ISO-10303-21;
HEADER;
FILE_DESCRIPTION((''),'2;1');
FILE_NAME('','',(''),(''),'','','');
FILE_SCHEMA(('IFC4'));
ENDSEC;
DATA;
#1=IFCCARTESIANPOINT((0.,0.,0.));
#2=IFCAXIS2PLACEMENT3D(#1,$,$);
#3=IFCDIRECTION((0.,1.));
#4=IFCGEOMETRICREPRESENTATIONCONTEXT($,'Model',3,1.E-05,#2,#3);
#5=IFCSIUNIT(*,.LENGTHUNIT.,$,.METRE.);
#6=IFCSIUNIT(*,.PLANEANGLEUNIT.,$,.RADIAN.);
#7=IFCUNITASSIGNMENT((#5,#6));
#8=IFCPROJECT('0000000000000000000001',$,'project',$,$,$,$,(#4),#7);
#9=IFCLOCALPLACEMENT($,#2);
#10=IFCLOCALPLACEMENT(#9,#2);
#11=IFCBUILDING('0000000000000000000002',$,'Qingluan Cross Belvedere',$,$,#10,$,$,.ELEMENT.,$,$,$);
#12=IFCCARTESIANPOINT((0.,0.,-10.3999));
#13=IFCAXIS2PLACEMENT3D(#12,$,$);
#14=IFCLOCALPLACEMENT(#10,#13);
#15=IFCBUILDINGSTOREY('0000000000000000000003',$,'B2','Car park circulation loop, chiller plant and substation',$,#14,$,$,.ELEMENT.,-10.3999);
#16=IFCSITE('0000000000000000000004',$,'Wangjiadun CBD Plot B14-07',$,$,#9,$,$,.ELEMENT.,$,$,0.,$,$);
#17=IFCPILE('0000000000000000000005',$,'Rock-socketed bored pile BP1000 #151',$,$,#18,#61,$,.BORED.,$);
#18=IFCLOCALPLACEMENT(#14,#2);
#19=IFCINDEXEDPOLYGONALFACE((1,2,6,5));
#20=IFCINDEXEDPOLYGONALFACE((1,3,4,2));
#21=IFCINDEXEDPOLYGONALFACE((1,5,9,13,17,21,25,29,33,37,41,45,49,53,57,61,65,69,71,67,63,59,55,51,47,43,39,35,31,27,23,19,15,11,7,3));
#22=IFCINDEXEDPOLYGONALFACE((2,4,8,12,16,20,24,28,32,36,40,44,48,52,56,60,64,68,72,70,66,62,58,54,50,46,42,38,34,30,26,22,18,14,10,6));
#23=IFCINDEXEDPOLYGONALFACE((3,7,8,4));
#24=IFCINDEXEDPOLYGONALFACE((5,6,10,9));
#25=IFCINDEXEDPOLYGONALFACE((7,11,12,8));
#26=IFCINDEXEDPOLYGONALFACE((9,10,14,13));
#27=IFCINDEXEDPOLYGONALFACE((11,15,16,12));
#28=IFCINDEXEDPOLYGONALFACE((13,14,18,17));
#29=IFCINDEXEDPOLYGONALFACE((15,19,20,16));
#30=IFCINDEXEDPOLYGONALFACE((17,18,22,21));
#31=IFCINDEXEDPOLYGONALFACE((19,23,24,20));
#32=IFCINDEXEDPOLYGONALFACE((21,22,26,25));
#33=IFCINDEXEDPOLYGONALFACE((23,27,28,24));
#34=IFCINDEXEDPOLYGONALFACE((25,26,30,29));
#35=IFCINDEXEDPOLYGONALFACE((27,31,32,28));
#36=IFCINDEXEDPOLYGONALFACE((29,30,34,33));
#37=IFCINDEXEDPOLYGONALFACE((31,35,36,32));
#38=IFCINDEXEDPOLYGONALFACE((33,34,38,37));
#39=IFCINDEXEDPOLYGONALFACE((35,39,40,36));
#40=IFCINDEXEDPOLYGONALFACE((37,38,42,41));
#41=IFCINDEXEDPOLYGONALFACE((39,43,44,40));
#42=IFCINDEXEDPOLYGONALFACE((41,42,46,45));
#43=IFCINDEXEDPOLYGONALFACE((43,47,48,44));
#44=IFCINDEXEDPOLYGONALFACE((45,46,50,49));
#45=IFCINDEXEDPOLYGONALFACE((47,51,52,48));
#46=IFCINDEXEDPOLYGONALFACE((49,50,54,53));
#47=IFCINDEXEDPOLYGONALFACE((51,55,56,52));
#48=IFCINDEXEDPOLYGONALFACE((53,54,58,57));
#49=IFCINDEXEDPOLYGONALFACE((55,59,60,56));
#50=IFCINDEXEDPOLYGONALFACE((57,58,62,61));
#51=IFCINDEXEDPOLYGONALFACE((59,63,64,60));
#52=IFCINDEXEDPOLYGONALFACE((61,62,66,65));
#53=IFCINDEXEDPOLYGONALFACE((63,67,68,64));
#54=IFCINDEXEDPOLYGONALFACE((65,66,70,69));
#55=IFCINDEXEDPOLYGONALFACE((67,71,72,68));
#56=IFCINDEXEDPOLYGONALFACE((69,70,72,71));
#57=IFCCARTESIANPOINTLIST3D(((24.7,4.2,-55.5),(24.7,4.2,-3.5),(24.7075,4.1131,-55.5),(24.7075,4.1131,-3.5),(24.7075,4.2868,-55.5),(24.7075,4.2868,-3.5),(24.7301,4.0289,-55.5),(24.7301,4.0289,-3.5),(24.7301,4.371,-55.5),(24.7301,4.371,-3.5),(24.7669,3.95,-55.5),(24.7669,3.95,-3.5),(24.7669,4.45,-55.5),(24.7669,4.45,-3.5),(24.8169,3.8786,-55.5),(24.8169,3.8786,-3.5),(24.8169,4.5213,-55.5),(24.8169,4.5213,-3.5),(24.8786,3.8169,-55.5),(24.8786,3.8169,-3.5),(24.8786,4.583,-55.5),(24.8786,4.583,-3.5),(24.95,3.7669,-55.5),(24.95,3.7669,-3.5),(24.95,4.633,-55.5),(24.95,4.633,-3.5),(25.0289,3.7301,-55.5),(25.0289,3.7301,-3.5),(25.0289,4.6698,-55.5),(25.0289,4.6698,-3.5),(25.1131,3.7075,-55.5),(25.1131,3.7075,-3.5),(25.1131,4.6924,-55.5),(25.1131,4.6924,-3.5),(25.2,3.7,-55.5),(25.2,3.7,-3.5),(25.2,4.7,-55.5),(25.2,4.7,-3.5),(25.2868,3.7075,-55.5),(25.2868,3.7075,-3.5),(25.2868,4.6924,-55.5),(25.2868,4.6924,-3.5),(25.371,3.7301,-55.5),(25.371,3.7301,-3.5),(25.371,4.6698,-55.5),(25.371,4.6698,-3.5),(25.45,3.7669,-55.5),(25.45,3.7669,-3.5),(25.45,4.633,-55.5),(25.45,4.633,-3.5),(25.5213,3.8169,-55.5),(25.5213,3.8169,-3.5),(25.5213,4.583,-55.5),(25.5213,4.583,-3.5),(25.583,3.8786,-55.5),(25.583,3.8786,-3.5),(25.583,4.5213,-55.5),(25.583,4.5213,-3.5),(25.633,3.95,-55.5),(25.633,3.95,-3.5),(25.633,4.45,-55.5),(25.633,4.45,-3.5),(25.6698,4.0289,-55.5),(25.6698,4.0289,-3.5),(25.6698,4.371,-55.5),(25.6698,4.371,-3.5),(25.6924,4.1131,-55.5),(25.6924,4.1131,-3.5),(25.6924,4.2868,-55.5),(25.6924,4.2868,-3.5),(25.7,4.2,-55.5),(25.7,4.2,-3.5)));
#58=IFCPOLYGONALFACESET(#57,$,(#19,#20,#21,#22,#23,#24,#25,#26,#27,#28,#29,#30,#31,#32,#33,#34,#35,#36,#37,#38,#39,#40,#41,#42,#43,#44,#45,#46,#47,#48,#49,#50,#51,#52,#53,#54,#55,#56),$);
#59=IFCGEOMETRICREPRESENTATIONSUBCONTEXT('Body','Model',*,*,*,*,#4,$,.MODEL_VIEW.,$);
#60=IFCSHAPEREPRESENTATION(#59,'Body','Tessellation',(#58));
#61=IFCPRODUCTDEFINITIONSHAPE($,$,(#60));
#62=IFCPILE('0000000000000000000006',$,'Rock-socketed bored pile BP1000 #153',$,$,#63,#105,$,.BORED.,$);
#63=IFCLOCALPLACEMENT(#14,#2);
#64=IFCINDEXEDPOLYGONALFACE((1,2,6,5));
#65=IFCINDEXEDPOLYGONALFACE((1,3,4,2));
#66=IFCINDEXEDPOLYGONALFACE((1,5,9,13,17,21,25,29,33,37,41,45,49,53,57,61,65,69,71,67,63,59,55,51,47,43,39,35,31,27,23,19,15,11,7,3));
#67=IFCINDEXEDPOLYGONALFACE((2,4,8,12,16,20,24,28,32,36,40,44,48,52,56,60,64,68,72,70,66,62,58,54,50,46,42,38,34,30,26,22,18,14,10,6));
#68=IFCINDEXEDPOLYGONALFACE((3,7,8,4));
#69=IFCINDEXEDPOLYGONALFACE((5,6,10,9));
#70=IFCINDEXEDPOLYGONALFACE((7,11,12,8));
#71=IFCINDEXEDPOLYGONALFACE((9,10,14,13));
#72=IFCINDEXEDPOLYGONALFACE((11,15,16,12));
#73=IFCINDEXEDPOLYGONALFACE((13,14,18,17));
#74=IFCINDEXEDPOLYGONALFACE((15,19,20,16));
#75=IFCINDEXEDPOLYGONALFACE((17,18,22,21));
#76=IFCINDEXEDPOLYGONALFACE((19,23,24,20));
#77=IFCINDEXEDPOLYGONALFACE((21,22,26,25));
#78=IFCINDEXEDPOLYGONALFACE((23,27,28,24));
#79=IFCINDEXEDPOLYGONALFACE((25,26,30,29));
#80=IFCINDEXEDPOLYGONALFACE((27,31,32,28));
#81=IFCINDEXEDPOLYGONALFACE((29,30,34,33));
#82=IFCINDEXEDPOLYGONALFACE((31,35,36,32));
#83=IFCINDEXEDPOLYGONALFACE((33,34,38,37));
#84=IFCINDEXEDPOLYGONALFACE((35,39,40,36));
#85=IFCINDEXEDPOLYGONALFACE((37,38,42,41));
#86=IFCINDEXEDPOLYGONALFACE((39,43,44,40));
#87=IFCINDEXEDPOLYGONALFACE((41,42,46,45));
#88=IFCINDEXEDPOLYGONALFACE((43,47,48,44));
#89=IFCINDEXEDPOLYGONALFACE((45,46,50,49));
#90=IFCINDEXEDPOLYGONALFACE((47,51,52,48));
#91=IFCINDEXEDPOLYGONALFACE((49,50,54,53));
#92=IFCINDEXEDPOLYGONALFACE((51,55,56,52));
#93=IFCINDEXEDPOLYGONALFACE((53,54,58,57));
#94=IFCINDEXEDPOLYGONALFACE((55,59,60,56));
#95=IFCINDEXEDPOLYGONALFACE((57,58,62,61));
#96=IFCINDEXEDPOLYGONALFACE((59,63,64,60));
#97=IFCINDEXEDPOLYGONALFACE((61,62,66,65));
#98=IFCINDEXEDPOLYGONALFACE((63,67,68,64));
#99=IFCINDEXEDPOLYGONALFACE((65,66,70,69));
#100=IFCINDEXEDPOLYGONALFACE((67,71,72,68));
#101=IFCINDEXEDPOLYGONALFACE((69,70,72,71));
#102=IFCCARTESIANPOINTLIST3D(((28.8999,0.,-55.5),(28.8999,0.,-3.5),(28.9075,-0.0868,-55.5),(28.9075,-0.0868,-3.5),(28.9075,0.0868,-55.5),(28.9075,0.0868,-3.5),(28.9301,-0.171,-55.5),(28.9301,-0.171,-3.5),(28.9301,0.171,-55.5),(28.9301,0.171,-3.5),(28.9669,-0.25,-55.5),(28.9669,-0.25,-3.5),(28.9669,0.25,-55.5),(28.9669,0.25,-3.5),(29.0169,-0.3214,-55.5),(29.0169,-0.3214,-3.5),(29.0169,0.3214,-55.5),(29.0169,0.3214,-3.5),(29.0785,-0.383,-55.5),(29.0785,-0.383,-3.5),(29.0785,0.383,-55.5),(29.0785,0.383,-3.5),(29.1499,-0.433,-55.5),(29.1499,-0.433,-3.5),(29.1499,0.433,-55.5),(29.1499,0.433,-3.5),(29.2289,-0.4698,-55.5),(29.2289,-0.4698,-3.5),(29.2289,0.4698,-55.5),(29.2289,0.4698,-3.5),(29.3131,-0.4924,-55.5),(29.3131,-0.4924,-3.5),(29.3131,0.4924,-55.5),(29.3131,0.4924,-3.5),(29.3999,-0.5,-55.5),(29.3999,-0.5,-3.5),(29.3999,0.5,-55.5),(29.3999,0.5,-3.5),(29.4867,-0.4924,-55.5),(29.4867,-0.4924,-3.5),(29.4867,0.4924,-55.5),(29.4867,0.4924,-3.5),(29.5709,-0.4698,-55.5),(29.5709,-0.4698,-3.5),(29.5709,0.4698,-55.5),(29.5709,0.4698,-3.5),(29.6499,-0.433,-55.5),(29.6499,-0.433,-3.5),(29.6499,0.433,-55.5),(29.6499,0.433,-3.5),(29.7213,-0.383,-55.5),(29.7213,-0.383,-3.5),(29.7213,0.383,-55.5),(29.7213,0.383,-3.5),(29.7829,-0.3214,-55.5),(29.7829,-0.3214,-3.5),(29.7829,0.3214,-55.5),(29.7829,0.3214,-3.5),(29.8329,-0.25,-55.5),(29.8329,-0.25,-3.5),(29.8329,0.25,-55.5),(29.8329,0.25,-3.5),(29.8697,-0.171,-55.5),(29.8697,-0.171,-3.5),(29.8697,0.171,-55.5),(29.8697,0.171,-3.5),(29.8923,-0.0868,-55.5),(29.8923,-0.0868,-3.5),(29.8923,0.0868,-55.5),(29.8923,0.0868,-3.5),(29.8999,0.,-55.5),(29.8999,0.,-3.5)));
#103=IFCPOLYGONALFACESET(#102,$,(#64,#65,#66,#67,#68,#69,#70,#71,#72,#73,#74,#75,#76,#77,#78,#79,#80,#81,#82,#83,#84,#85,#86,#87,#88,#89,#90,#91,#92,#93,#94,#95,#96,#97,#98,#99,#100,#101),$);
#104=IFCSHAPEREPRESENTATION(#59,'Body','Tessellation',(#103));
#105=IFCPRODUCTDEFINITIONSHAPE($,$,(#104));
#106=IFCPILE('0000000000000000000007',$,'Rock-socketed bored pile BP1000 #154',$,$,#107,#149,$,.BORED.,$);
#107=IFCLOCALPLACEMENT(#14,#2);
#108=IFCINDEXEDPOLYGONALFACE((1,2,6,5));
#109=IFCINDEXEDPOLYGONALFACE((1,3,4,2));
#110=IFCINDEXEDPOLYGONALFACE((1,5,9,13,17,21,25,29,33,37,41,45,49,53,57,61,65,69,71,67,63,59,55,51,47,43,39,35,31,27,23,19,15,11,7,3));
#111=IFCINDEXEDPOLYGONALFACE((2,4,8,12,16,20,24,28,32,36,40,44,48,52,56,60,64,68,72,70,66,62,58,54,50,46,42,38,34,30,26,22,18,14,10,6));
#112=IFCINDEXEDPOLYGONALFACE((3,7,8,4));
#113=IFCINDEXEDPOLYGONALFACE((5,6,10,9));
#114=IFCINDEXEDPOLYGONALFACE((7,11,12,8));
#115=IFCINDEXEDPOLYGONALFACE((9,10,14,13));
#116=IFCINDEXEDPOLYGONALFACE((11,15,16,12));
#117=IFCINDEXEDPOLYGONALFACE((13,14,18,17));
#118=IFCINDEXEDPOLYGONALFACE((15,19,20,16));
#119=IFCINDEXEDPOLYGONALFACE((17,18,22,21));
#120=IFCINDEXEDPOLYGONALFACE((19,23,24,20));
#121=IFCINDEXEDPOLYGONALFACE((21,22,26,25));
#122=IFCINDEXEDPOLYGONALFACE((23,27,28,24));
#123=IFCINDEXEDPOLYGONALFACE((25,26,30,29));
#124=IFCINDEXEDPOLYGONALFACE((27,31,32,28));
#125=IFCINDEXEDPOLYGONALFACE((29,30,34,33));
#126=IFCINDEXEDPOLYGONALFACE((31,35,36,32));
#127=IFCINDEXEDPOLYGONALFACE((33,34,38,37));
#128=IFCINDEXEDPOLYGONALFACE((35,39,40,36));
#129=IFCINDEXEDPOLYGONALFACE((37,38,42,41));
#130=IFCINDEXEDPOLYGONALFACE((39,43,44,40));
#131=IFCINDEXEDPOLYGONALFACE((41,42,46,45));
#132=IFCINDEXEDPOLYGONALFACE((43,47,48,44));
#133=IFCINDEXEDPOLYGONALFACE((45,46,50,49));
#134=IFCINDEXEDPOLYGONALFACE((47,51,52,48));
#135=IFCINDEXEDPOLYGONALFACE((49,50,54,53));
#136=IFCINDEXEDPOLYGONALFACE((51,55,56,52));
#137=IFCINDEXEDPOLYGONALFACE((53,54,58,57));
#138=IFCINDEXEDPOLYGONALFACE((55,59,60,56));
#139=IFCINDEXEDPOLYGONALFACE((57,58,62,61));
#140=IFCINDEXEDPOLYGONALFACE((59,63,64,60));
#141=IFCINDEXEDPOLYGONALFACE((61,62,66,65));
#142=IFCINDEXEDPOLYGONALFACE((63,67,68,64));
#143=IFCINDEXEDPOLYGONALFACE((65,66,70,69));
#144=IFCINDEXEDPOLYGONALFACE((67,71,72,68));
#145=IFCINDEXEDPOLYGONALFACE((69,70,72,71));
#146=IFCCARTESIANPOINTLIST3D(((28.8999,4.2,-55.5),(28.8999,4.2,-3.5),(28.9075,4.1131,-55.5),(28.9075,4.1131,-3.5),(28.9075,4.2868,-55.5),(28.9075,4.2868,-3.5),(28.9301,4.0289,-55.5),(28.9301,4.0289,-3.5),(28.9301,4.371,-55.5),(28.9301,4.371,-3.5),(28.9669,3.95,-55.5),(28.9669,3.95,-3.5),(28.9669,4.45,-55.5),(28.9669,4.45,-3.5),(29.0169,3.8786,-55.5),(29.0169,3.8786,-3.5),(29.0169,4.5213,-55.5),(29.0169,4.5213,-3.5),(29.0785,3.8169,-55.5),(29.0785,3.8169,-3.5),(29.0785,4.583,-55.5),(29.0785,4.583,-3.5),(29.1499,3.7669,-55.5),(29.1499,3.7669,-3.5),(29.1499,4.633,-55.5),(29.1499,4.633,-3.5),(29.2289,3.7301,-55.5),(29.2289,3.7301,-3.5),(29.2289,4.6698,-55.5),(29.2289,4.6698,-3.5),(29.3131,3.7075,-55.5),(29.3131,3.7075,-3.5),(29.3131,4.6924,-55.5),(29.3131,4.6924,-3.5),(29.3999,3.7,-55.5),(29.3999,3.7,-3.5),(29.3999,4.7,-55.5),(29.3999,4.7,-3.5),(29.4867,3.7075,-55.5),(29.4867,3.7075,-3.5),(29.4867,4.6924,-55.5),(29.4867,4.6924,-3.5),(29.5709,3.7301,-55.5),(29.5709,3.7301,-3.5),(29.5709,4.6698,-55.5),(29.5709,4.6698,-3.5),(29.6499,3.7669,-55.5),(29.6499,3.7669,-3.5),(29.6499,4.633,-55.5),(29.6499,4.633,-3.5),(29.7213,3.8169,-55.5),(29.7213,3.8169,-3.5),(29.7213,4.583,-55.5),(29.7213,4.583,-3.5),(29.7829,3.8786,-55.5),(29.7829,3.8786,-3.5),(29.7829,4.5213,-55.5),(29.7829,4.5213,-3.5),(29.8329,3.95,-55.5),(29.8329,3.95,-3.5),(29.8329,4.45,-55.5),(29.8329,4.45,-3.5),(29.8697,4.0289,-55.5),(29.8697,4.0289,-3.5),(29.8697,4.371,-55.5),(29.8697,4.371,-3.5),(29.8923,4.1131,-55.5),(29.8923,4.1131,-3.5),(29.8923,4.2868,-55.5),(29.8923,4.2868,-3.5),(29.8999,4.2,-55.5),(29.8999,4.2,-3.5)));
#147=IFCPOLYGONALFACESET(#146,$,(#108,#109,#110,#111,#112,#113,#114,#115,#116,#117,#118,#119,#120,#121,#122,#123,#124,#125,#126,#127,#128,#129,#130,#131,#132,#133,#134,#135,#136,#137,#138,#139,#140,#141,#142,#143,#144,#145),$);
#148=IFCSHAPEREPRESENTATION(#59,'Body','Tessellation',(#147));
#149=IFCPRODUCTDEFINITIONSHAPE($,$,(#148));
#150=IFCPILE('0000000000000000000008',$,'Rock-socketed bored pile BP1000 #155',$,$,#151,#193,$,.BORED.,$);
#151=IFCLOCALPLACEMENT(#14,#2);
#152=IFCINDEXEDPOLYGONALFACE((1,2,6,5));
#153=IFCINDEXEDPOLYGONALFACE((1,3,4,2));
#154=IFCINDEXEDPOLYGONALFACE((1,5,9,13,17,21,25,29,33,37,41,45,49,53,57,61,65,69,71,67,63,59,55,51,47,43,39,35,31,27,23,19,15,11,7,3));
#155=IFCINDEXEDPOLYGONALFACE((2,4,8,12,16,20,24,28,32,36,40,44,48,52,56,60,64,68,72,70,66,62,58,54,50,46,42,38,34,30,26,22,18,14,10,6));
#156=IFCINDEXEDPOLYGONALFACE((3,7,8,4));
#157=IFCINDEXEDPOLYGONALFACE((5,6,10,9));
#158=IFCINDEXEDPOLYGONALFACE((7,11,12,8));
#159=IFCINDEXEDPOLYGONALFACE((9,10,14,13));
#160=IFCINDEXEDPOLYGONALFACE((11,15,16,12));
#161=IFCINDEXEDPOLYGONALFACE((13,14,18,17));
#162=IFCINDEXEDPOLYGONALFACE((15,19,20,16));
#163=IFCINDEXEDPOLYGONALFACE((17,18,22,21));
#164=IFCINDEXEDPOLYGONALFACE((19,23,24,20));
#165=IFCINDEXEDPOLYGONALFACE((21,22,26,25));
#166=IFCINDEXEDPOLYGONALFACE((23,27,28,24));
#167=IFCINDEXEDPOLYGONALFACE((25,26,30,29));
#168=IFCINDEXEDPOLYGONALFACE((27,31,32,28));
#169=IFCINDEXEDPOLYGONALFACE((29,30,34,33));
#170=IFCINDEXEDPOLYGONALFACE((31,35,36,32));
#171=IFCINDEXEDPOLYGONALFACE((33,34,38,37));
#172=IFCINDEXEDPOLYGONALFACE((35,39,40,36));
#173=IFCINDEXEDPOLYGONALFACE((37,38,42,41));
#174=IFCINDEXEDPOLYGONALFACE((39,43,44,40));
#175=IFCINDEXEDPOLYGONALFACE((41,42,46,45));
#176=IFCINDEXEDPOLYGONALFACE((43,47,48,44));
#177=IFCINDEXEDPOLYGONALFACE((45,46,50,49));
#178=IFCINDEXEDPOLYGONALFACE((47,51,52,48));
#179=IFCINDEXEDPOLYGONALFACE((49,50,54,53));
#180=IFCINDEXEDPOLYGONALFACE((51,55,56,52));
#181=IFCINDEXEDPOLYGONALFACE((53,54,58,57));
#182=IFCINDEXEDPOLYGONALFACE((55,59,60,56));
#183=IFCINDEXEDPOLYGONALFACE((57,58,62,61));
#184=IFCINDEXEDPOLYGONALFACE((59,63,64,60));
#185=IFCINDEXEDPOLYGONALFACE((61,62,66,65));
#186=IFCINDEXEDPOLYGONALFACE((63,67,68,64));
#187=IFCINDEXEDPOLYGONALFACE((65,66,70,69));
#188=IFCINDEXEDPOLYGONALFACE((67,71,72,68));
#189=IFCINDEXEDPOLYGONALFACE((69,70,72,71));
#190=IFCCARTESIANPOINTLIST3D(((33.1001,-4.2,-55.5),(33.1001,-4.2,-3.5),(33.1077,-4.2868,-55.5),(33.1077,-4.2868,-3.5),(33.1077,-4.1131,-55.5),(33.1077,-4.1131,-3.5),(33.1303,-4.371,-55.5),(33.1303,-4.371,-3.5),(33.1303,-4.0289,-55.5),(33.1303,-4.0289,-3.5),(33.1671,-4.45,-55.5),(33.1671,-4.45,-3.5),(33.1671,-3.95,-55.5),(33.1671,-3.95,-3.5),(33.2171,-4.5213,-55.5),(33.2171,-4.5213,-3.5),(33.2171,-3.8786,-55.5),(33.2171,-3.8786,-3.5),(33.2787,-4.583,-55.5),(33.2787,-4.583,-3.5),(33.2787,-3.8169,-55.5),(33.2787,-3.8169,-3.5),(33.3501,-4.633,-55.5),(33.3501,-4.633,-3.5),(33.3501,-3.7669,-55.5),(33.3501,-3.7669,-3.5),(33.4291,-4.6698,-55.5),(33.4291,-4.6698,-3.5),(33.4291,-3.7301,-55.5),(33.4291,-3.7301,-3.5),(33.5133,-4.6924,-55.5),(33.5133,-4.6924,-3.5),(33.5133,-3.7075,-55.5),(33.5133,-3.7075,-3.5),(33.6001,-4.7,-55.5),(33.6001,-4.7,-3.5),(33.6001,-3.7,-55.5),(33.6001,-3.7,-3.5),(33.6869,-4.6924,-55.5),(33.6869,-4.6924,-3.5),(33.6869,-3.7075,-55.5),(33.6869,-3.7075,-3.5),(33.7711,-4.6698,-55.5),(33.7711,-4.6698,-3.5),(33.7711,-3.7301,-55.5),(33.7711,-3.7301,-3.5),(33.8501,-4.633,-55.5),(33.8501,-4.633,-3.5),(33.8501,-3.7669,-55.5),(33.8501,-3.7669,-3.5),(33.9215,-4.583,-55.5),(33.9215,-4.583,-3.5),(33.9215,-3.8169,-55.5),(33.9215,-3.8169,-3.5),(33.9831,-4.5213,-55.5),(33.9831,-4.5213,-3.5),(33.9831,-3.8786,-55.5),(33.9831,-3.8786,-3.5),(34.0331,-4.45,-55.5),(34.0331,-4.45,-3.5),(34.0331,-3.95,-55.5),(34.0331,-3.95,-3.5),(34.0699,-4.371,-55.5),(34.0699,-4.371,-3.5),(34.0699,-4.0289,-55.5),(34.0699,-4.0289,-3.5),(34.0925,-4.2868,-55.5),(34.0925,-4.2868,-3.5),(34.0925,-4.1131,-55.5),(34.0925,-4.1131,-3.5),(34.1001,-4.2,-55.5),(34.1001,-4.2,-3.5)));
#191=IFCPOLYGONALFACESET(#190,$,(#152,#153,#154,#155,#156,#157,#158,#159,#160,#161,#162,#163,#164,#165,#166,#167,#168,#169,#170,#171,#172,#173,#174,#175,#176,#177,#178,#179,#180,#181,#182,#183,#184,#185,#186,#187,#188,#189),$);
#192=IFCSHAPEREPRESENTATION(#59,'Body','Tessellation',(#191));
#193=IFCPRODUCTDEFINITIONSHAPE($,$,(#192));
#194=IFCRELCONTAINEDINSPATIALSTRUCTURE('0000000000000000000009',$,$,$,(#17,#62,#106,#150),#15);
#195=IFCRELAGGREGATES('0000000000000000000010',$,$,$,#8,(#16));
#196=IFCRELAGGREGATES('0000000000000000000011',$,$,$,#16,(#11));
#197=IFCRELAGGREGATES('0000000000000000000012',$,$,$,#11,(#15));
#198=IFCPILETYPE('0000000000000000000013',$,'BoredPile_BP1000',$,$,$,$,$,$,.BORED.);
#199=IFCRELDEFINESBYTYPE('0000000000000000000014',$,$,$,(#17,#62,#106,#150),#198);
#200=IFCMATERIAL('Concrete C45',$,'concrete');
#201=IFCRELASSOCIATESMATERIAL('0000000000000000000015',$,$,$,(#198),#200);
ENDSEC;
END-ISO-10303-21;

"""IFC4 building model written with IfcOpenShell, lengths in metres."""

from ifc_helpers import new_model, si_unit, direction, frame, origin, origin_2d, place, context, subcontext, project, spatial, circle, extrude, material, material_profile, profile_set, type_object, element, save


model = new_model("IFC4")

# Units and contexts
model_context = context("Model", 3, precision=1e-05, world=origin(), true_north=direction((0.0, 1.0)))
body_context = subcontext(model_context, "Body", "Model", "MODEL_VIEW")
ifc_project = project(units=[si_unit("LENGTHUNIT", "METRE"), si_unit("PLANEANGLEUNIT", "RADIAN")], contexts=[model_context])

# Site, building, storey
site_placement = place(None, origin())
site = spatial("IfcSite", under=ifc_project, at=site_placement, Name="Wangjiadun CBD Plot B14-07", CompositionType="ELEMENT", RefElevation=0.0)
building_placement = place(site_placement, origin())
building = spatial("IfcBuilding", under=site, at=building_placement, Name="Qingluan Cross Belvedere", CompositionType="ELEMENT")
storey_placement = place(building_placement, frame((0.0, 0.0, -10.3999)))
storey = spatial("IfcBuildingStorey", under=building, at=storey_placement, Name="B2", Description="Car park circulation loop, chiller plant and substation", CompositionType="ELEMENT", Elevation=-10.3999)

# Piles
ifc_material_1 = material(Name="Concrete C45", Category="concrete")
ifc_material_profile_1 = material_profile(ifc_material_1, circle(Radius=0.5, at=origin_2d()), Name="BP1000")
ifc_profile_set_1 = profile_set([ifc_material_profile_1], Name="Concrete C45")
pile_type_1 = type_object("IfcPileType", Name="BoredPile_BP1000", PredefinedType="BORED", material=ifc_profile_set_1)
for number, where, z_axis, x_axis, name in (
    (1, (25.2, 4.2, -3.5), (0.0, 0.0, -1.0), (1.0, 0.0, 0.0), "Rock-socketed bored pile BP1000 #151"),
    (2, (29.3999, 0.0, -3.5), (0.0, 0.0, -1.0), (1.0, 0.0, 0.0), "Rock-socketed bored pile BP1000 #153"),
    (3, (29.3999, 4.2, -3.5), (0.0, 0.0, -1.0), (1.0, 0.0, 0.0), "Rock-socketed bored pile BP1000 #154"),
    (4, (33.6001, -4.2, -3.5), (0.0, 0.0, -1.0), (1.0, 0.0, 0.0), "Rock-socketed bored pile BP1000 #155"),
):
    element("IfcPile", number, at=place(storey_placement, frame(where, z_axis=z_axis, x_axis=x_axis)), inside=storey, type_object=pile_type_1, Name=name, PredefinedType="BORED", context=body_context, shape_type="SweptSolid", body=[
        extrude(circle(Radius=0.5, at=origin_2d()), origin(), (0.0, 0.0, 1.0), 52.0),
    ])

save(model, "model.ifc")
